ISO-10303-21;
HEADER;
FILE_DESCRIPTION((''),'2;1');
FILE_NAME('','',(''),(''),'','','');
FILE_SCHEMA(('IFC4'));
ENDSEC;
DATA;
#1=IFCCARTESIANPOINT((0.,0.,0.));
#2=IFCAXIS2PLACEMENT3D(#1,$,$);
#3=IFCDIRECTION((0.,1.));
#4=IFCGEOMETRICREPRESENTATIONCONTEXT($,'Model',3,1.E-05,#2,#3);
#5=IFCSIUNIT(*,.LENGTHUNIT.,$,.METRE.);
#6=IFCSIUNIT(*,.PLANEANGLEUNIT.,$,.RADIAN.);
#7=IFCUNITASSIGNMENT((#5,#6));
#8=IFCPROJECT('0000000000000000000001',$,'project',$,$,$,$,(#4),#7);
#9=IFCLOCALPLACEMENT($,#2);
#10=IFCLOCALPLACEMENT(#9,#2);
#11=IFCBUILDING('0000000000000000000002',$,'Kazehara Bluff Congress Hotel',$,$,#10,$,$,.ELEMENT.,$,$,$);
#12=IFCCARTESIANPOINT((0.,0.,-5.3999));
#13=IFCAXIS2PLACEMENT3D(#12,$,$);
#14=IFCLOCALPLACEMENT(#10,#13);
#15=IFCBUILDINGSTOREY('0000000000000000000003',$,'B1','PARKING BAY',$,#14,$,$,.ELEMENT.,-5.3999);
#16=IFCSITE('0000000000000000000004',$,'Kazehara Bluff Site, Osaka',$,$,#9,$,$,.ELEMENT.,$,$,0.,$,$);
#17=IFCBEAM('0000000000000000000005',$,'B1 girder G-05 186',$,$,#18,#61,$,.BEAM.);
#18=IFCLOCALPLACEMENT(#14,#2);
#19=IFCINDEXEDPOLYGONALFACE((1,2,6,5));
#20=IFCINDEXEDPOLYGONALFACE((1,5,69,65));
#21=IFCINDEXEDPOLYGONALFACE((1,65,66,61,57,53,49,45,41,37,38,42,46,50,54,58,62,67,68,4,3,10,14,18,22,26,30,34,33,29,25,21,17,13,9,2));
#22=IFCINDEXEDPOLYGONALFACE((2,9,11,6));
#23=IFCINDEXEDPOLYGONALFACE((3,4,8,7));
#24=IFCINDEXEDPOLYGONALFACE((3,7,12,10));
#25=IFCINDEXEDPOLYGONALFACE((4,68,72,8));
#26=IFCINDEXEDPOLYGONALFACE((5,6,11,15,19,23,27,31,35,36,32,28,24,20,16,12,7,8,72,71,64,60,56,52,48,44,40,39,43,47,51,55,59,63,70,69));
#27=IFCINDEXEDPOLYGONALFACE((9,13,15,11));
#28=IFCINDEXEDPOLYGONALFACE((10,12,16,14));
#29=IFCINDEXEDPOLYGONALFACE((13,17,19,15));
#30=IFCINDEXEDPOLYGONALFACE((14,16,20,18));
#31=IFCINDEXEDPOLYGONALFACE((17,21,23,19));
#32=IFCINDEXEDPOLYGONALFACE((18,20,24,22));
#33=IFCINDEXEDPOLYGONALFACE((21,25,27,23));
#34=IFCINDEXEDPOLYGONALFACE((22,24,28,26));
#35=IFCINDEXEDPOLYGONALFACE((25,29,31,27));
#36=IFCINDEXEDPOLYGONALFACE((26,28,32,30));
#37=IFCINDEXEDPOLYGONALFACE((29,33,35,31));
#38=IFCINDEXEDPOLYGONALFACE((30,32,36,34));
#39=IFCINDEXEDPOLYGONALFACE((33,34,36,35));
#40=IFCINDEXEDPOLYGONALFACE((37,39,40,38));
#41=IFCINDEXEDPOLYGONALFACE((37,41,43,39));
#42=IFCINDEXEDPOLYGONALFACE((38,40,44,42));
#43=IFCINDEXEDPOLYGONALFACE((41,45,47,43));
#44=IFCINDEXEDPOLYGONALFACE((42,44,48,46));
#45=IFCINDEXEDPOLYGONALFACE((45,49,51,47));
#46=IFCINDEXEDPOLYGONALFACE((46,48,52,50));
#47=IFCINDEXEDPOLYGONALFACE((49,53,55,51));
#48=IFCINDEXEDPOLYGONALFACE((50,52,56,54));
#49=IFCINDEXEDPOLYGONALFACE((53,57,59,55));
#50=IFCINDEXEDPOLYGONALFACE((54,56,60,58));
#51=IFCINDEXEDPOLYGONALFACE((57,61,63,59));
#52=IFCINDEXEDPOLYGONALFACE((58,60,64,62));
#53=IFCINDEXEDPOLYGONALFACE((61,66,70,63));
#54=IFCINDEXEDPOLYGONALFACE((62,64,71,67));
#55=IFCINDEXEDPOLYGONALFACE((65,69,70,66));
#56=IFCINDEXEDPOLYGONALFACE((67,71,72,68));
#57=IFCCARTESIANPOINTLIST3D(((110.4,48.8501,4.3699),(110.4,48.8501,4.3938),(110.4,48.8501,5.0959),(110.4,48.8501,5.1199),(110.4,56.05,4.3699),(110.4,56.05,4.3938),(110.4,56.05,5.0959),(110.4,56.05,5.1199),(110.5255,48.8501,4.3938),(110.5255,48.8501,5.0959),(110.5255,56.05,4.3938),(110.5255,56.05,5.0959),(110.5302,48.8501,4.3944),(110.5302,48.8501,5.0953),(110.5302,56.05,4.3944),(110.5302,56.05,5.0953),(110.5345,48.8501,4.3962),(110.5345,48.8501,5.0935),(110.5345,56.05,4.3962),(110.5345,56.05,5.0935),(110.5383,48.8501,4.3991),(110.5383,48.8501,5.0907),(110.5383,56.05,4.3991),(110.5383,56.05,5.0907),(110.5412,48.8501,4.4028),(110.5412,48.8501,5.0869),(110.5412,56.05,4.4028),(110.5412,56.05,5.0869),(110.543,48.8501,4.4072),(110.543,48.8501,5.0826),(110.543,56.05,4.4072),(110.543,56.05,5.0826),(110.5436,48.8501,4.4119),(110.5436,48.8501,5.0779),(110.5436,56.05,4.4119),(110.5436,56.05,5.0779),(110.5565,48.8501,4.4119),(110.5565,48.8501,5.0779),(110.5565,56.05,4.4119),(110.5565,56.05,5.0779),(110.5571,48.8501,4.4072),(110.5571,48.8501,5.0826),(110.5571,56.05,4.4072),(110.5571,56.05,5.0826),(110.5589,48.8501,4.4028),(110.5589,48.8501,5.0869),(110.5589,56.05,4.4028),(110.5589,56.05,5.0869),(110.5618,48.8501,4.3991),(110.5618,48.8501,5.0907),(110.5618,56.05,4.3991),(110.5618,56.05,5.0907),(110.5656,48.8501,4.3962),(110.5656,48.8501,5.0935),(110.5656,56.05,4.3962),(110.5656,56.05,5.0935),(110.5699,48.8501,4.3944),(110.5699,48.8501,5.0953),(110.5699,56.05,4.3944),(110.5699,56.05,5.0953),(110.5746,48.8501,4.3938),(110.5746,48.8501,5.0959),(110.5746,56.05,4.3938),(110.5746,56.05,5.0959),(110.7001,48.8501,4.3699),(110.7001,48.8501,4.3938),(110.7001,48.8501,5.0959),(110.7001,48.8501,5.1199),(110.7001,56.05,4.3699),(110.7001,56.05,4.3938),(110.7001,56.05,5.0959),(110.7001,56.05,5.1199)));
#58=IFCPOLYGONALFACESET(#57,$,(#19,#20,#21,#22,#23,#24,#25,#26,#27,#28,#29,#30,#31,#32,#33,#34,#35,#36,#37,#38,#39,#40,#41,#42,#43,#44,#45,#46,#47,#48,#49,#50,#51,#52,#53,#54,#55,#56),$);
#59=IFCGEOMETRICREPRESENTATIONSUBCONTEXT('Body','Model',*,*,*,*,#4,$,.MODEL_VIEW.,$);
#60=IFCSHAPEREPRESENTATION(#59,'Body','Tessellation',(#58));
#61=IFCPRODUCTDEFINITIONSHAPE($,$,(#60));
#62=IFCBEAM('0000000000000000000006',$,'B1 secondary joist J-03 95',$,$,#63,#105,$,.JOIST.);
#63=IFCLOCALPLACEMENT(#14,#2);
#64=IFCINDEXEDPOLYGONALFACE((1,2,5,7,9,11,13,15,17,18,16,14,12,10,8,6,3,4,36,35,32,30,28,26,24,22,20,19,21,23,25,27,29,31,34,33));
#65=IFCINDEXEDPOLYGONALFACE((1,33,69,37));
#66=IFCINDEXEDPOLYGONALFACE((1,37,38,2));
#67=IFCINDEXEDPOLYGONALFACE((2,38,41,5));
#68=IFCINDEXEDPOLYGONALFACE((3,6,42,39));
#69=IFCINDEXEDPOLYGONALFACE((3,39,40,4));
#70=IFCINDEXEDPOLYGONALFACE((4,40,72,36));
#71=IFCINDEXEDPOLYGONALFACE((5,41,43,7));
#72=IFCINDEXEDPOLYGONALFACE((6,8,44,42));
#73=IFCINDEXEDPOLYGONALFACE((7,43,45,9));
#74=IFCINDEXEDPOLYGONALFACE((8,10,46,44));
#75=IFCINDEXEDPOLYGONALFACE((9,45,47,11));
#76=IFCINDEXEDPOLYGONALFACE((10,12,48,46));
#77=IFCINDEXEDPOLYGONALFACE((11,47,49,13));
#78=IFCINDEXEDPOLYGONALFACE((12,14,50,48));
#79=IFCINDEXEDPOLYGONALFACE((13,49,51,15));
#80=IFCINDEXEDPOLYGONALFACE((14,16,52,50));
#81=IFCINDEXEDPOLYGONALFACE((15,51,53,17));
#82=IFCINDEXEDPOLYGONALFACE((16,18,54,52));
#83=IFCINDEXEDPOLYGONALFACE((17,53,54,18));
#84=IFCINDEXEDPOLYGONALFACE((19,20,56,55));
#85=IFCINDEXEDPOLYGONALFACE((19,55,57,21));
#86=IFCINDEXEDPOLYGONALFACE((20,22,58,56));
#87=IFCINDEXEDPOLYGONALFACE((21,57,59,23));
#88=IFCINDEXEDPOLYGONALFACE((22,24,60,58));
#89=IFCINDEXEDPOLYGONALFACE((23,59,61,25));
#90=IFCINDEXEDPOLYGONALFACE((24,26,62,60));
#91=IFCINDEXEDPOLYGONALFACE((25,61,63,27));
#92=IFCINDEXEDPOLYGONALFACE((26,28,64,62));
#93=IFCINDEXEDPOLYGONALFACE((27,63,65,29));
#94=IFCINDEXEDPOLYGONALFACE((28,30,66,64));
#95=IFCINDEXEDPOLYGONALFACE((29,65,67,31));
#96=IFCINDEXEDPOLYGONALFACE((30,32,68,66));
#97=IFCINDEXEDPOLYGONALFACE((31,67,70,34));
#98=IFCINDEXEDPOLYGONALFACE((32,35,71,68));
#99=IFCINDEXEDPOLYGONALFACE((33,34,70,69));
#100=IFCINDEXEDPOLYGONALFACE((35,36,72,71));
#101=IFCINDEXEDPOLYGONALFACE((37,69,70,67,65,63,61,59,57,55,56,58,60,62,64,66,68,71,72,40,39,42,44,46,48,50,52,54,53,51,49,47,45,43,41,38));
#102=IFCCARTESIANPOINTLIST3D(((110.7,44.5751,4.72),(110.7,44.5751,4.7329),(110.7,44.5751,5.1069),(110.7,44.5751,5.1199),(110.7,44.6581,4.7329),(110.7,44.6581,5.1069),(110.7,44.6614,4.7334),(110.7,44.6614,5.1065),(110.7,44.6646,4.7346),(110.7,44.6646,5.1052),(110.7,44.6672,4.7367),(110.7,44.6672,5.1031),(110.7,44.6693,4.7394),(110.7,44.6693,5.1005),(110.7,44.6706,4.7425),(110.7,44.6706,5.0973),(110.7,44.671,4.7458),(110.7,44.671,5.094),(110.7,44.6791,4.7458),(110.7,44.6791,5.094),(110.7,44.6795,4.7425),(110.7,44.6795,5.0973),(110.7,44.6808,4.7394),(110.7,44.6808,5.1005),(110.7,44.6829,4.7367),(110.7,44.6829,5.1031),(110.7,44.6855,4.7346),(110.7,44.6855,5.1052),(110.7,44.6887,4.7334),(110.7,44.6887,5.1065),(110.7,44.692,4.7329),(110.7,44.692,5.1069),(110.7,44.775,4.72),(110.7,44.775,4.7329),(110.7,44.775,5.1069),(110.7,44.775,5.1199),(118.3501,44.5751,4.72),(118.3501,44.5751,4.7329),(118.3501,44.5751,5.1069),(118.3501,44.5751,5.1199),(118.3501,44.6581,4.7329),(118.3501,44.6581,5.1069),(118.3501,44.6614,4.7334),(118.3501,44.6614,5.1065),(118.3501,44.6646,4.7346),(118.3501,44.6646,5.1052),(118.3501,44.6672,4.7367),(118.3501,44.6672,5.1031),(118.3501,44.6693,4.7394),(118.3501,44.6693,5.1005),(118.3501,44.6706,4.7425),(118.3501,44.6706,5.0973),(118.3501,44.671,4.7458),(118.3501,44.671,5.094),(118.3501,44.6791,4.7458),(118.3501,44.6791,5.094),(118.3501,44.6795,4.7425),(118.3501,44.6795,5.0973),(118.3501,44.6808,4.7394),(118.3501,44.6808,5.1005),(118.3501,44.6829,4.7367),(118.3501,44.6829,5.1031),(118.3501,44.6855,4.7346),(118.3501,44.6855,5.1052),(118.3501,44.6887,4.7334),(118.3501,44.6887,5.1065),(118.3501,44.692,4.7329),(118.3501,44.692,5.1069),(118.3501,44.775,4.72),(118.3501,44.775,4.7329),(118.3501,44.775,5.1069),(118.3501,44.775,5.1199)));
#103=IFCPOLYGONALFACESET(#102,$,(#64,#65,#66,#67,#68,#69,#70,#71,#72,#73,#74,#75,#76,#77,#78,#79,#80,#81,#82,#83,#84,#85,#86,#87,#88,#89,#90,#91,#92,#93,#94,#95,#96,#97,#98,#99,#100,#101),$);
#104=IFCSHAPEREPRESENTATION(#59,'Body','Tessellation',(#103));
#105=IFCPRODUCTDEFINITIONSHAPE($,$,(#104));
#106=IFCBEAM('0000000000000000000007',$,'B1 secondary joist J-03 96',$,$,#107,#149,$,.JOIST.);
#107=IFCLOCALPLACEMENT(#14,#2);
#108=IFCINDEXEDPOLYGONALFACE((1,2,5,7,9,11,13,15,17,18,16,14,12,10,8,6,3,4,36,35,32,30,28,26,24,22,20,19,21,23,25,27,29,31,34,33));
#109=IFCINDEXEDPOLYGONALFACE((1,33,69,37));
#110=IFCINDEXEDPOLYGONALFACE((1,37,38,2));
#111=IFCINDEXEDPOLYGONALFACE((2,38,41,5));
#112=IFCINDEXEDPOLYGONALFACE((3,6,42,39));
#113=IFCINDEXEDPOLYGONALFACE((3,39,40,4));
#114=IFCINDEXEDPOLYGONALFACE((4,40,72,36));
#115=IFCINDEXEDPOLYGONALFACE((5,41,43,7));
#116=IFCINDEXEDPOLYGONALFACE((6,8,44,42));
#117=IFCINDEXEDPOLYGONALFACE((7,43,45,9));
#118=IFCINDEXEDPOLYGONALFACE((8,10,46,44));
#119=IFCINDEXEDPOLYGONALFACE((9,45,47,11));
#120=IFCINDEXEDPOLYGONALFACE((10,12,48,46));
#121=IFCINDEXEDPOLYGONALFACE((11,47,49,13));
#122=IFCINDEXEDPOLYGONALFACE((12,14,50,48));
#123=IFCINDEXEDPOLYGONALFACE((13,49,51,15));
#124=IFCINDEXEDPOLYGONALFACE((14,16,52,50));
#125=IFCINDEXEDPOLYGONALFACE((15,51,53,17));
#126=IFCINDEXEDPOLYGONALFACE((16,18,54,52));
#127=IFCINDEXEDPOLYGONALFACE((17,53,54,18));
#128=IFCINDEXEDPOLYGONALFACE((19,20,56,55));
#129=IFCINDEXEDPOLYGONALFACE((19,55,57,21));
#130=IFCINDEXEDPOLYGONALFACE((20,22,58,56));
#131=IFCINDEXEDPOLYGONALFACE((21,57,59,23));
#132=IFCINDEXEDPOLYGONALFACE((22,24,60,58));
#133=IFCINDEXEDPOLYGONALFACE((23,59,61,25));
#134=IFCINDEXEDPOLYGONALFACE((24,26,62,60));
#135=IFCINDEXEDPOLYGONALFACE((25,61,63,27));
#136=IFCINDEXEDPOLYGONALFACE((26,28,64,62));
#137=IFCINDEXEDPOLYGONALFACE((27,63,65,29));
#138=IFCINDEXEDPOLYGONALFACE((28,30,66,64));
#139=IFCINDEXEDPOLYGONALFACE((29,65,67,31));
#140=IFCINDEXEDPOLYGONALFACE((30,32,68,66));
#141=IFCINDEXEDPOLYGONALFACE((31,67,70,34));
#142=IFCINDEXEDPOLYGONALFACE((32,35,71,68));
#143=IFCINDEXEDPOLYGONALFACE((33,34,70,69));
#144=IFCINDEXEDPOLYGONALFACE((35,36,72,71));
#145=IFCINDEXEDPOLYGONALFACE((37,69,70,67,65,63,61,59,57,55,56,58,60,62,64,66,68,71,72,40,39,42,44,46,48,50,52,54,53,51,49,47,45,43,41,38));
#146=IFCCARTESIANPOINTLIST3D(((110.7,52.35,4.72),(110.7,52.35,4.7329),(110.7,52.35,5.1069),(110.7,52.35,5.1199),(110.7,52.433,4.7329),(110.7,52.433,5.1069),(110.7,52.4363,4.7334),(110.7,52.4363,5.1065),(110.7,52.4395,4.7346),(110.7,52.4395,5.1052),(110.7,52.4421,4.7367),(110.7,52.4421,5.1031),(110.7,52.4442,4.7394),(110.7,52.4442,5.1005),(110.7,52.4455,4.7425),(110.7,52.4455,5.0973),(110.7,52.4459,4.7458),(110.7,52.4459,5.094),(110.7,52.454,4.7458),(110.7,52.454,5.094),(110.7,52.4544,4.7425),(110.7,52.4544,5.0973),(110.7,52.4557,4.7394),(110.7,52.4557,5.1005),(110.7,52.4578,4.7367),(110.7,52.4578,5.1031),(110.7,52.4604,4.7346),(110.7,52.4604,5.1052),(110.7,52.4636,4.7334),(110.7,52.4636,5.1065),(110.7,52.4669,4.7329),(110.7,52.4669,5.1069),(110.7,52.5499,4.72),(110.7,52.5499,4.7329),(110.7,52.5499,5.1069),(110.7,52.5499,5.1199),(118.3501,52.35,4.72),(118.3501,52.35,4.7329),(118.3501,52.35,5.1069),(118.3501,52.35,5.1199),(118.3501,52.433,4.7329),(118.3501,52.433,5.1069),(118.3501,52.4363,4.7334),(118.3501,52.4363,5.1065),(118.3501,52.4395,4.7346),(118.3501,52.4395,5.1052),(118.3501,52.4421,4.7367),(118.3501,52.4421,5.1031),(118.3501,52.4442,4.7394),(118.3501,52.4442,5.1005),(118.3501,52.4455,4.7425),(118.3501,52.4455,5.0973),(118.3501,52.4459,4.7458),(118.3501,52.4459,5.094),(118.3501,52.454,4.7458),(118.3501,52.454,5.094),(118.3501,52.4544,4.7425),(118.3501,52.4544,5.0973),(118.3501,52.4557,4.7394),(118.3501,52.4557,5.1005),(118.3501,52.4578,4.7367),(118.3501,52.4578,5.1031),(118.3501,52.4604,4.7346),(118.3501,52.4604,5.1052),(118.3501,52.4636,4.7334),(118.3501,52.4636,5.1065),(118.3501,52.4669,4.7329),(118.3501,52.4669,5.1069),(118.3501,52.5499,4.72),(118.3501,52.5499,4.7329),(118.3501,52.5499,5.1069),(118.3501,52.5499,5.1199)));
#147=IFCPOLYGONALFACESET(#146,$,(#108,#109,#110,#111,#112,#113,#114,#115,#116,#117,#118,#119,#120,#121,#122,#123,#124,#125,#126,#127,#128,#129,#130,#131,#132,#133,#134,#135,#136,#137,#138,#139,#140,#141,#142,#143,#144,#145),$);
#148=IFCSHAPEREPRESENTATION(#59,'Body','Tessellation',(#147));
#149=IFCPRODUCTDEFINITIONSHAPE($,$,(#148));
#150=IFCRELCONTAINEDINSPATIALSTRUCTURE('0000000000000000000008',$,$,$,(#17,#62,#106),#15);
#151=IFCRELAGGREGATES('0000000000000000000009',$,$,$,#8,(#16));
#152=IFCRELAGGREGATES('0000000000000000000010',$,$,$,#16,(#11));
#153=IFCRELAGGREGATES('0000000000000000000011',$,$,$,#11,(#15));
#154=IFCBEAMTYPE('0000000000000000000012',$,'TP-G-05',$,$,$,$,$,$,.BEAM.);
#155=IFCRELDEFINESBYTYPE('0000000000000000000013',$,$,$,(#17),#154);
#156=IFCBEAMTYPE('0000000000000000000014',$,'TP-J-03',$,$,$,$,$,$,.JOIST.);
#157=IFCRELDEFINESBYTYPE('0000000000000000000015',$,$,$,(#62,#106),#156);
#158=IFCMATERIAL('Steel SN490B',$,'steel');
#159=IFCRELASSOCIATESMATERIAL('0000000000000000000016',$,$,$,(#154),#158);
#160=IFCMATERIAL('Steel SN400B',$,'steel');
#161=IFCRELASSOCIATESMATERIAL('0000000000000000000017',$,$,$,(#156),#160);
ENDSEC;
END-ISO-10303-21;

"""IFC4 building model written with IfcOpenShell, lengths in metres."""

from ifc_helpers import new_model, si_unit, direction, frame, origin, origin_2d, place, context, subcontext, project, spatial, i_section, extrude, material, material_profile, profile_set, type_object, element, save


model = new_model("IFC4")

# Units and contexts
model_context = context("Model", 3, precision=1e-05, world=origin(), true_north=direction((0.0, 1.0)))
body_context = subcontext(model_context, "Body", "Model", "MODEL_VIEW")
ifc_project = project(units=[si_unit("LENGTHUNIT", "METRE"), si_unit("PLANEANGLEUNIT", "RADIAN")], contexts=[model_context])

# Site, building, storey
site_placement = place(None, origin())
site = spatial("IfcSite", under=ifc_project, at=site_placement, Name="Kazehara Bluff Site, Osaka", CompositionType="ELEMENT", RefElevation=0.0)
building_placement = place(site_placement, origin())
building = spatial("IfcBuilding", under=site, at=building_placement, Name="Kazehara Bluff Congress Hotel", CompositionType="ELEMENT")
storey_placement = place(building_placement, frame((0.0, 0.0, -5.3999)))
storey = spatial("IfcBuildingStorey", under=building, at=storey_placement, Name="B1", Description="PARKING BAY", CompositionType="ELEMENT", Elevation=-5.3999)

# Beams
ifc_material_1 = material(Name="Steel SN490B", Category="steel")
ifc_material_profile_1 = material_profile(ifc_material_1, i_section(OverallWidth=0.3, OverallDepth=0.75, WebThickness=0.0129, FlangeThickness=0.0239, FilletRadius=0.0181, at=origin_2d()))
ifc_profile_set_1 = profile_set([ifc_material_profile_1], Name="Steel SN490B")
beam_type_1 = type_object("IfcBeamType", Name="TP-G-05", PredefinedType="BEAM", material=ifc_profile_set_1)
for number, where, z_axis, x_axis, name in (
    (1, (110.55, 48.8501, 4.7449), (0.0, 1.0, 0.0), (-1.0, 0.0, 0.0), "B1 girder G-05 186"),
):
    element("IfcBeam", number, at=place(storey_placement, frame(where, z_axis=z_axis, x_axis=x_axis)), inside=storey, type_object=beam_type_1, Name=name, PredefinedType="BEAM", context=body_context, shape_type="SweptSolid", body=[
        extrude(i_section(OverallWidth=0.3, OverallDepth=0.75, WebThickness=0.0129, FlangeThickness=0.0239, FilletRadius=0.0181, at=origin_2d()), origin(), (0.0, 0.0, 1.0), 7.2),
    ])
ifc_material_2 = material(Name="Steel SN400B", Category="steel")
ifc_material_profile_2 = material_profile(ifc_material_2, i_section(OverallWidth=0.2, OverallDepth=0.3999, WebThickness=0.0081, FlangeThickness=0.0129, FilletRadius=0.0129, at=origin_2d()))
ifc_profile_set_2 = profile_set([ifc_material_profile_2], Name="Steel SN400B")
beam_type_2 = type_object("IfcBeamType", Name="TP-J-03", PredefinedType="JOIST", material=ifc_profile_set_2)
for number, where, z_axis, x_axis, name in (
    (2, (110.7, 44.675, 4.9199), (1.0, 0.0, 0.0), (0.0, 1.0, 0.0), "B1 secondary joist J-03 95"),
    (3, (110.7, 52.45, 4.9199), (1.0, 0.0, 0.0), (0.0, 1.0, 0.0), "B1 secondary joist J-03 96"),
):
    element("IfcBeam", number, at=place(storey_placement, frame(where, z_axis=z_axis, x_axis=x_axis)), inside=storey, type_object=beam_type_2, Name=name, PredefinedType="JOIST", context=body_context, shape_type="SweptSolid", body=[
        extrude(i_section(OverallWidth=0.2, OverallDepth=0.3999, WebThickness=0.0081, FlangeThickness=0.0129, FilletRadius=0.0129, at=origin_2d()), origin(), (0.0, 0.0, 1.0), 7.6501),
    ])

save(model, "model.ifc")
